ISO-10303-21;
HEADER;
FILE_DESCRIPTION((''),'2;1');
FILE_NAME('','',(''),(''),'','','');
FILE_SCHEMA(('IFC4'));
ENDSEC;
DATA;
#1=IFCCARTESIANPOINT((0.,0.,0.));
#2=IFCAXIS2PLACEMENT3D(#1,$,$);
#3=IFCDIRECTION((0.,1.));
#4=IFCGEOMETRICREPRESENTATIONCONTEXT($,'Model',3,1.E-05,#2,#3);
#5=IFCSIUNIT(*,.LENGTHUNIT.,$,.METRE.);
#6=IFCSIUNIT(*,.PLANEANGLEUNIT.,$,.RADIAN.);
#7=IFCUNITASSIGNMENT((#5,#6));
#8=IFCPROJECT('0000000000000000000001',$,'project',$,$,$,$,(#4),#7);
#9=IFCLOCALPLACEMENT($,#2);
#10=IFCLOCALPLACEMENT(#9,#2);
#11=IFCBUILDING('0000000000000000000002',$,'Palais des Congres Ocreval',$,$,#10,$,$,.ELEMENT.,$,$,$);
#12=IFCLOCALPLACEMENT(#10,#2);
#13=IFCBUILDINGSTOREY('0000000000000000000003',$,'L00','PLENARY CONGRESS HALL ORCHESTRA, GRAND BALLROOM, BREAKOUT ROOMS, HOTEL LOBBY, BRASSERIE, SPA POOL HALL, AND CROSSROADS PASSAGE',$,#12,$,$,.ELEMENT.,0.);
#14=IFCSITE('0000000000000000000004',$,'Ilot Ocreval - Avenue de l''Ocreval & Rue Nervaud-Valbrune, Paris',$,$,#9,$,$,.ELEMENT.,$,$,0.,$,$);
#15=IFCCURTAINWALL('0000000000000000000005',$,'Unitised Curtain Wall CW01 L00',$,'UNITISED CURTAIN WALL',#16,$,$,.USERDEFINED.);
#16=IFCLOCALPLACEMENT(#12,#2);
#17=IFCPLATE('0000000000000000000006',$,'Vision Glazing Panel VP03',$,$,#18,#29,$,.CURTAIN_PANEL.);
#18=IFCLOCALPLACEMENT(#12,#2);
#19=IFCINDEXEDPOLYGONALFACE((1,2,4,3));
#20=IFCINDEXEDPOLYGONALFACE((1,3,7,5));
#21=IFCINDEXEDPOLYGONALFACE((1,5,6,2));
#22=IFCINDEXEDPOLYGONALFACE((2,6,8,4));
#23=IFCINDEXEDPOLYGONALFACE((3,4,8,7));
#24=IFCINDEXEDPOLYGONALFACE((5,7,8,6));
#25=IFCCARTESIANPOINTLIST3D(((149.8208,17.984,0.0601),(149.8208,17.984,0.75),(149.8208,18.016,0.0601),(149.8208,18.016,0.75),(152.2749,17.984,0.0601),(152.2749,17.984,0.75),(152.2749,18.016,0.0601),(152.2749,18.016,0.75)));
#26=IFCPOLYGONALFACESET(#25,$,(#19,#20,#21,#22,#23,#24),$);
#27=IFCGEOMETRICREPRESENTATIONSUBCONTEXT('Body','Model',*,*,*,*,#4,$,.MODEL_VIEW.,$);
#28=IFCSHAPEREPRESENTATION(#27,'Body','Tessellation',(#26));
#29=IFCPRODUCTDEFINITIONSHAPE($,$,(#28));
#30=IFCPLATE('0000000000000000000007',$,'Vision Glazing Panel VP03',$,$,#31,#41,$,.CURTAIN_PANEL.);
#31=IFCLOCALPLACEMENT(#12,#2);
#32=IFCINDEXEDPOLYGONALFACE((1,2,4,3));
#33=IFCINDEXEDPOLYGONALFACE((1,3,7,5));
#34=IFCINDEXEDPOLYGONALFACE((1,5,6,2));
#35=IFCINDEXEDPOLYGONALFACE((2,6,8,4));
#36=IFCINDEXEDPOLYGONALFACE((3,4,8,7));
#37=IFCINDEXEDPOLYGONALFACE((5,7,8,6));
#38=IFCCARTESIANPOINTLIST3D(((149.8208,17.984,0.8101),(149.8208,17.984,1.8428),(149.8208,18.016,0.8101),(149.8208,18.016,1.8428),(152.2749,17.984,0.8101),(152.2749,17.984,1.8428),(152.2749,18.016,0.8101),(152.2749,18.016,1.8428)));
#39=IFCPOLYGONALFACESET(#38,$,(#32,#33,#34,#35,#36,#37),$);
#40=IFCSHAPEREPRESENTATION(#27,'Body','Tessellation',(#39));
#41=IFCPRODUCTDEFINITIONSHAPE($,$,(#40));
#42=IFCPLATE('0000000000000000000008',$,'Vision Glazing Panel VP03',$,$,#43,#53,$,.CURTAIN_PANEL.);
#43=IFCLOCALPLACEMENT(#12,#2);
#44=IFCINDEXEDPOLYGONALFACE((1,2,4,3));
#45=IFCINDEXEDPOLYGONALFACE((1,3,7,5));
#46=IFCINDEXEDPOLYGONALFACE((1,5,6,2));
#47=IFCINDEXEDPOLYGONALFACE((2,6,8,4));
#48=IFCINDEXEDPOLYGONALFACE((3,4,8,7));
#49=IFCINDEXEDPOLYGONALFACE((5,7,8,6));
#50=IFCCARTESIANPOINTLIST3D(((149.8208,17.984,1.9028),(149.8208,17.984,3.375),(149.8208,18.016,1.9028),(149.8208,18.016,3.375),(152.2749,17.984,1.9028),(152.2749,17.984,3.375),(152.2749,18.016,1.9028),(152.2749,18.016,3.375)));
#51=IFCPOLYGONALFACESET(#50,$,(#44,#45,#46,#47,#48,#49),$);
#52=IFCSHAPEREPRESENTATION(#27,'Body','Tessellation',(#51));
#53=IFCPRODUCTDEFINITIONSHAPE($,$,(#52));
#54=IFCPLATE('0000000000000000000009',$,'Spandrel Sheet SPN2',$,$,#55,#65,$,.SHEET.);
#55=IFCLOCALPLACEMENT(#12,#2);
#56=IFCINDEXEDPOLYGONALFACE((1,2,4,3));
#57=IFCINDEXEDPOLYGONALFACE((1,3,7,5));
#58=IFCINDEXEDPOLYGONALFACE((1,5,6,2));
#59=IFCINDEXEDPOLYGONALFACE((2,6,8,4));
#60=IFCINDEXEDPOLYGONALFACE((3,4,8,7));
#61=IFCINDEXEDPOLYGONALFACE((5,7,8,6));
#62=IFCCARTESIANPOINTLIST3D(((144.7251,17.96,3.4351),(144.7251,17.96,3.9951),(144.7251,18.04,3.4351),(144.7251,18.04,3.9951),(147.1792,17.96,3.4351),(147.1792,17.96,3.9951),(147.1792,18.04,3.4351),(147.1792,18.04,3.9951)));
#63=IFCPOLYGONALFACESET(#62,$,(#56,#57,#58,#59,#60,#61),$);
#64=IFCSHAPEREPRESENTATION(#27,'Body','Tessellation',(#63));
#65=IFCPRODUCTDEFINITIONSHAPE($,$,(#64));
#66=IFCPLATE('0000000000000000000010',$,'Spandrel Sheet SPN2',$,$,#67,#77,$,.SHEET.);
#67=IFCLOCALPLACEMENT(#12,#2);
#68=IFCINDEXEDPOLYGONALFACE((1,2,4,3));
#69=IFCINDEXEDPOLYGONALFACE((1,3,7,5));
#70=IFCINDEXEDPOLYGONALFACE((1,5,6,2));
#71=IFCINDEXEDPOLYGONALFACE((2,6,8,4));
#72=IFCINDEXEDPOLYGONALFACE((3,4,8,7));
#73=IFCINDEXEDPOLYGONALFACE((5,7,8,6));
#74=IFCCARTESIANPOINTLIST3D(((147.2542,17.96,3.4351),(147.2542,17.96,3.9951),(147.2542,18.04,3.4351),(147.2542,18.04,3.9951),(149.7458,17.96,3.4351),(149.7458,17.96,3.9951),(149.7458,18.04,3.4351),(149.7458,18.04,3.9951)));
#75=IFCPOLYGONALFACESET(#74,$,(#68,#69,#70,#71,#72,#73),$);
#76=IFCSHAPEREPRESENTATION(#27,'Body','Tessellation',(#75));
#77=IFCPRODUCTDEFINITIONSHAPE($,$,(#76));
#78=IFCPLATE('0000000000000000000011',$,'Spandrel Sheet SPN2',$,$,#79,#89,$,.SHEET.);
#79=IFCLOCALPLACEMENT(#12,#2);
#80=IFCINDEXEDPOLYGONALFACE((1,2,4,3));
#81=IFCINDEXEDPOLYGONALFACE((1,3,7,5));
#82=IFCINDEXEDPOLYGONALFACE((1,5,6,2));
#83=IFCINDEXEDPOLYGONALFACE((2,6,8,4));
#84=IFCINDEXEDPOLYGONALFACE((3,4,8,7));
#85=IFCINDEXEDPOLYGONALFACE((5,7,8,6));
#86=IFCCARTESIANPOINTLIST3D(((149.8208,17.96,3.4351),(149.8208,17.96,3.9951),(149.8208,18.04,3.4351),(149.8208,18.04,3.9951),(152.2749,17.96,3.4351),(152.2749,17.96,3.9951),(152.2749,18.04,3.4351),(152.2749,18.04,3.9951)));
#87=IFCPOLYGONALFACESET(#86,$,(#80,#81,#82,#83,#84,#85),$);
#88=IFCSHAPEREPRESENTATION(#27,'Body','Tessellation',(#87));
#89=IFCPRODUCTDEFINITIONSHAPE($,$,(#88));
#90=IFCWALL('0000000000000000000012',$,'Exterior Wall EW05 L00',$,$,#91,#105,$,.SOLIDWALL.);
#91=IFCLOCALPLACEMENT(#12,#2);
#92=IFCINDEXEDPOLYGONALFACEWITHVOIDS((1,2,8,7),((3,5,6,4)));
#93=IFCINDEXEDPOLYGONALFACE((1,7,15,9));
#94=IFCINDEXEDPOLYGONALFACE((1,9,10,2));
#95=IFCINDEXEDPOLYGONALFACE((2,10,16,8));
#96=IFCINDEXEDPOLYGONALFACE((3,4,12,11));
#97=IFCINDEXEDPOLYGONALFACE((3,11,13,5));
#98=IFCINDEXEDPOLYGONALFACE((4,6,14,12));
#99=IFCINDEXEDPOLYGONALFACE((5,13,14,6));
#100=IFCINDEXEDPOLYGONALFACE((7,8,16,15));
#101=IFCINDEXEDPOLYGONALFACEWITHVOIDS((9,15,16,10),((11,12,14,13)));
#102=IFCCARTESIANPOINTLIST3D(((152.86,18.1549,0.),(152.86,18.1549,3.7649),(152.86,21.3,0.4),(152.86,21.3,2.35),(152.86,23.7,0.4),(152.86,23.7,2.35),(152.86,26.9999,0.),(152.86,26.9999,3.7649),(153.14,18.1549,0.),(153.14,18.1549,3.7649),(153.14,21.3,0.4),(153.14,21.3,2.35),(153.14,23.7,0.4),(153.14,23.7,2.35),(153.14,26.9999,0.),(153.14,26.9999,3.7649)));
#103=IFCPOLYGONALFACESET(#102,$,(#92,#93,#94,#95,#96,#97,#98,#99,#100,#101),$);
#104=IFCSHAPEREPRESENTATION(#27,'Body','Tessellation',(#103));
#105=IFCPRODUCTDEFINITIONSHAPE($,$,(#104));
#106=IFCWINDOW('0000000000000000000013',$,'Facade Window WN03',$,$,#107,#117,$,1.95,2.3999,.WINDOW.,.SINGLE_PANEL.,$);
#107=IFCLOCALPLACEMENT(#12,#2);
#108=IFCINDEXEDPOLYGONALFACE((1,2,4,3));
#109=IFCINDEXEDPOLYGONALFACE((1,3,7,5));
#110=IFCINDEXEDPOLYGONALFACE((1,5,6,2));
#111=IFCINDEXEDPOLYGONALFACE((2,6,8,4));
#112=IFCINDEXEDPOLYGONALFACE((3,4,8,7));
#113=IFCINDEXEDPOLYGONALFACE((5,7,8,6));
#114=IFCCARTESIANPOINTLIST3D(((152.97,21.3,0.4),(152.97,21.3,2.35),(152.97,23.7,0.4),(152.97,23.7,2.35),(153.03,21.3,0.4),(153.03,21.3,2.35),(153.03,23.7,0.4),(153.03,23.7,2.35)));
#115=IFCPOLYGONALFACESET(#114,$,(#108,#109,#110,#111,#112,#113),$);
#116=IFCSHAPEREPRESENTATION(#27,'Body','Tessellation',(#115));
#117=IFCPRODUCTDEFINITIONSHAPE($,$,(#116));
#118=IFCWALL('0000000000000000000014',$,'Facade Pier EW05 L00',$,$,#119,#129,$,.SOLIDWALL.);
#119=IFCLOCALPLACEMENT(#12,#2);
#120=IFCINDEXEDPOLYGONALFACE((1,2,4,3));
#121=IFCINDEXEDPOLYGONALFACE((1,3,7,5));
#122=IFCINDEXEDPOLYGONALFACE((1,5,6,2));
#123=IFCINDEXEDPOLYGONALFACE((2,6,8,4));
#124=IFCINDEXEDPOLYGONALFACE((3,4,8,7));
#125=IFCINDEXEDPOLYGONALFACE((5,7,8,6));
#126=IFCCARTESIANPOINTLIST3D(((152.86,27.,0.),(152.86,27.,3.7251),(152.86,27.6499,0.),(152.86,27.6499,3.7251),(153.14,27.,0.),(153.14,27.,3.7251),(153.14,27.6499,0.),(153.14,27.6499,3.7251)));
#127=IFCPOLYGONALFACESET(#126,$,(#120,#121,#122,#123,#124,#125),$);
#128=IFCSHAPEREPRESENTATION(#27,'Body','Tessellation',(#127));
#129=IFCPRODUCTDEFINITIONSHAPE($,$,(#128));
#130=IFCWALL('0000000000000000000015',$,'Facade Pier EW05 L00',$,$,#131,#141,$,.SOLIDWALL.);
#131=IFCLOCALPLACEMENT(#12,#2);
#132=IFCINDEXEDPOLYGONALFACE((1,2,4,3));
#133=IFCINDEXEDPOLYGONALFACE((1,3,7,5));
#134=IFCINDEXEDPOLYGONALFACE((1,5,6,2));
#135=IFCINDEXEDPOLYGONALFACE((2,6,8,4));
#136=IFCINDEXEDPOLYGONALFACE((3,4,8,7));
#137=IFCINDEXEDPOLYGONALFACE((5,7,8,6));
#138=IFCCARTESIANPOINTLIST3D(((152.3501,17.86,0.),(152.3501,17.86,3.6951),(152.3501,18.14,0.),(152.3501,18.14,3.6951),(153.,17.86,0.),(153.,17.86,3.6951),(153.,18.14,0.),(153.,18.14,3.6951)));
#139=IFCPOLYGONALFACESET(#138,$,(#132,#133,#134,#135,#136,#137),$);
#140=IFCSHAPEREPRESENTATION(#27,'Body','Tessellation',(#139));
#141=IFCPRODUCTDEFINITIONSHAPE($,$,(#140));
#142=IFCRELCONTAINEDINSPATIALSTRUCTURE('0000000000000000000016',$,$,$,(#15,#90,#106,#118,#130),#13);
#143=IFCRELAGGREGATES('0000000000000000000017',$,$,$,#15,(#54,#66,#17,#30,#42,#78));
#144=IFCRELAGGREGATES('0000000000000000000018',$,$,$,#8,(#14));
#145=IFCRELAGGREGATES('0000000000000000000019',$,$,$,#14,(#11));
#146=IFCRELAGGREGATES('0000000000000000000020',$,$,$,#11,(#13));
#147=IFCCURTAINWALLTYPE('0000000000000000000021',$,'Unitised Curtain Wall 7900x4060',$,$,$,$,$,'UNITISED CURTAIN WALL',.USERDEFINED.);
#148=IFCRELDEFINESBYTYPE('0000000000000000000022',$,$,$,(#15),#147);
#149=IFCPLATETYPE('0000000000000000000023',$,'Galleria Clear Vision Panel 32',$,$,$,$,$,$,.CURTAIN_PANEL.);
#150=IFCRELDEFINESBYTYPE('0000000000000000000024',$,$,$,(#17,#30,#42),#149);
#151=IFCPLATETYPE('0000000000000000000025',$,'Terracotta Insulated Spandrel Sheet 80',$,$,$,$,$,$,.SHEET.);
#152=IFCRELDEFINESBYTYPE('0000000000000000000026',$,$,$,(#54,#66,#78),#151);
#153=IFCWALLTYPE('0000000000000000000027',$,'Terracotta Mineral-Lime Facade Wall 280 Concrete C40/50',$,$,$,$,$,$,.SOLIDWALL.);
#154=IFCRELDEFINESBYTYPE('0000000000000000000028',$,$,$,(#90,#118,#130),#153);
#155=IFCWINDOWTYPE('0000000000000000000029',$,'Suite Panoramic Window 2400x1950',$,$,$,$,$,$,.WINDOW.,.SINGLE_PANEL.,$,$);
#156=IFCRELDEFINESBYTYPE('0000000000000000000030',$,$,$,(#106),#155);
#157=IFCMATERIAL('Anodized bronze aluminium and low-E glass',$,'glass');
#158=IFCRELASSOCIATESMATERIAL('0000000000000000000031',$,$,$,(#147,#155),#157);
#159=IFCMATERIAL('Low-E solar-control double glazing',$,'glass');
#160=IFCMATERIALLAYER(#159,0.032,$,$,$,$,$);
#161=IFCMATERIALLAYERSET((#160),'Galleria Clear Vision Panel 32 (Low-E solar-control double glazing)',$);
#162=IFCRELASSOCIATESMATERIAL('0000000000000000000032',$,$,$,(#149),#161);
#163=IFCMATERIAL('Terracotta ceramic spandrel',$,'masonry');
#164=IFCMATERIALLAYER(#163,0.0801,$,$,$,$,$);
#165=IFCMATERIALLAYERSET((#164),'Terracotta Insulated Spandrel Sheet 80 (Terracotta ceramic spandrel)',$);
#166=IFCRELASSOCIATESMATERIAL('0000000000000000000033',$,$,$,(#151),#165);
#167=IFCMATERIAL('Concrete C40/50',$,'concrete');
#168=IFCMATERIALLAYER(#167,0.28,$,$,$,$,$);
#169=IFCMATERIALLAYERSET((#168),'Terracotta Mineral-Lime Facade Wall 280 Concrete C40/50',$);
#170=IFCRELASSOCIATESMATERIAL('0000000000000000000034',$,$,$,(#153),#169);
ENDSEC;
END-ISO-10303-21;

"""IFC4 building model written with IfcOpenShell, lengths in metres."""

from ifc_helpers import new_model, si_unit, direction, frame, frame_2d, origin, origin_2d, place, context, subcontext, project, spatial, rectangle, extrude, material, layer, layer_set, type_object, element, fill, aggregate, save


model = new_model("IFC4")

# Units and contexts
model_context = context("Model", 3, precision=1e-05, world=origin(), true_north=direction((0.0, 1.0)))
body_context = subcontext(model_context, "Body", "Model", "MODEL_VIEW")
ifc_project = project(units=[si_unit("LENGTHUNIT", "METRE"), si_unit("PLANEANGLEUNIT", "RADIAN")], contexts=[model_context])

# Site, building, storey
site_placement = place(None, origin())
site = spatial("IfcSite", under=ifc_project, at=site_placement, Name="Ilot Ocreval - Avenue de l'Ocreval & Rue Nervaud-Valbrune, Paris", CompositionType="ELEMENT", RefElevation=0.0)
building_placement = place(site_placement, origin())
building = spatial("IfcBuilding", under=site, at=building_placement, Name="Palais des Congres Ocreval", CompositionType="ELEMENT")
storey_placement = place(building_placement, origin())
storey = spatial("IfcBuildingStorey", under=building, at=storey_placement, Name="L00", Description="PLENARY CONGRESS HALL ORCHESTRA, GRAND BALLROOM, BREAKOUT ROOMS, HOTEL LOBBY, BRASSERIE, SPA POOL HALL, AND CROSSROADS PASSAGE", CompositionType="ELEMENT", Elevation=0.0)

# Shared definitions
ifc_material_1 = material(Name="Anodized bronze aluminium and low-E glass", Category="glass")
curtain_wall_type = type_object("IfcCurtainWallType", Name="Unitised Curtain Wall 7900x4060", ElementType="UNITISED CURTAIN WALL", PredefinedType="USERDEFINED", material=ifc_material_1)

# Curtain wall
curtain_wall_1_placement = place(storey_placement, origin())
curtain_wall_1 = element("IfcCurtainWall", 1, at=curtain_wall_1_placement, inside=storey, type_object=curtain_wall_type, Name="Unitised Curtain Wall CW01 L00", ObjectType="UNITISED CURTAIN WALL", PredefinedType="USERDEFINED")

# Plates
ifc_material_2 = material(Name="Low-E solar-control double glazing", Category="glass")
ifc_layer_1 = layer(ifc_material_2, 0.032)
ifc_layer_set_1 = layer_set([ifc_layer_1], Name="Galleria Clear Vision Panel 32 (Low-E solar-control double glazing)")
plate_type_1 = type_object("IfcPlateType", Name="Galleria Clear Vision Panel 32", PredefinedType="CURTAIN_PANEL", material=ifc_layer_set_1)
plate_1_placement = place(storey_placement, frame((151.0479, 18.0, 0.0601), z_axis=(0.0, 0.0, 1.0), x_axis=(1.0, 0.0, 0.0)))
plate_1 = element("IfcPlate", 2, at=plate_1_placement, type_object=plate_type_1, Name="Vision Glazing Panel VP03", PredefinedType="CURTAIN_PANEL", context=body_context, shape_type="SweptSolid", body=[
    extrude(rectangle(XDim=2.4541, YDim=0.032, at=origin_2d()), origin(), (0.0, 0.0, 1.0), 0.6899),
])
plate_2_placement = place(storey_placement, frame((151.0479, 18.0, 0.8101), z_axis=(0.0, 0.0, 1.0), x_axis=(1.0, 0.0, 0.0)))
plate_2 = element("IfcPlate", 3, at=plate_2_placement, type_object=plate_type_1, Name="Vision Glazing Panel VP03", PredefinedType="CURTAIN_PANEL", context=body_context, shape_type="SweptSolid", body=[
    extrude(rectangle(XDim=2.4541, YDim=0.032, at=origin_2d()), origin(), (0.0, 0.0, 1.0), 1.0327),
])
plate_3_placement = place(storey_placement, frame((151.0479, 18.0, 1.9028), z_axis=(0.0, 0.0, 1.0), x_axis=(1.0, 0.0, 0.0)))
plate_3 = element("IfcPlate", 4, at=plate_3_placement, type_object=plate_type_1, Name="Vision Glazing Panel VP03", PredefinedType="CURTAIN_PANEL", context=body_context, shape_type="SweptSolid", body=[
    extrude(rectangle(XDim=2.4541, YDim=0.032, at=origin_2d()), origin(), (0.0, 0.0, 1.0), 1.4722),
])
ifc_material_3 = material(Name="Terracotta ceramic spandrel", Category="masonry")
ifc_layer_2 = layer(ifc_material_3, 0.0801)
ifc_layer_set_2 = layer_set([ifc_layer_2], Name="Terracotta Insulated Spandrel Sheet 80 (Terracotta ceramic spandrel)")
plate_type_2 = type_object("IfcPlateType", Name="Terracotta Insulated Spandrel Sheet 80", PredefinedType="SHEET", material=ifc_layer_set_2)
plate_4_placement = place(storey_placement, frame((145.9521, 18.0, 3.4351), z_axis=(0.0, 0.0, 1.0), x_axis=(1.0, 0.0, 0.0)))
plate_4 = element("IfcPlate", 5, at=plate_4_placement, type_object=plate_type_2, Name="Spandrel Sheet SPN2", PredefinedType="SHEET", context=body_context, shape_type="SweptSolid", body=[
    extrude(rectangle(XDim=2.4541, YDim=0.0801, at=origin_2d()), origin(), (0.0, 0.0, 1.0), 0.5601),
])
plate_5_placement = place(storey_placement, frame((148.5, 18.0, 3.4351), z_axis=(0.0, 0.0, 1.0), x_axis=(1.0, 0.0, 0.0)))
plate_5 = element("IfcPlate", 6, at=plate_5_placement, type_object=plate_type_2, Name="Spandrel Sheet SPN2", PredefinedType="SHEET", context=body_context, shape_type="SweptSolid", body=[
    extrude(rectangle(XDim=2.4917, YDim=0.0801, at=origin_2d()), origin(), (0.0, 0.0, 1.0), 0.5601),
])
plate_6_placement = place(storey_placement, frame((151.0479, 18.0, 3.4351), z_axis=(0.0, 0.0, 1.0), x_axis=(1.0, 0.0, 0.0)))
plate_6 = element("IfcPlate", 7, at=plate_6_placement, type_object=plate_type_2, Name="Spandrel Sheet SPN2", PredefinedType="SHEET", context=body_context, shape_type="SweptSolid", body=[
    extrude(rectangle(XDim=2.4541, YDim=0.0801, at=origin_2d()), origin(), (0.0, 0.0, 1.0), 0.5601),
])
aggregate(curtain_wall_1, [plate_4, plate_5, plate_1, plate_2, plate_3, plate_6])

# Wall, opening, window
ifc_material_4 = material(Name="Concrete C40/50", Category="concrete")
ifc_layer_3 = layer(ifc_material_4, 0.28)
ifc_layer_set_3 = layer_set([ifc_layer_3], Name="Terracotta Mineral-Lime Facade Wall 280 Concrete C40/50")
wall_type = type_object("IfcWallType", Name="Terracotta Mineral-Lime Facade Wall 280 Concrete C40/50", PredefinedType="SOLIDWALL", material=ifc_layer_set_3)
wall_1_placement = place(storey_placement, frame((153.0, 18.155, 0.0), z_axis=(0.0, 0.0, 1.0), x_axis=(0.0, 1.0, 0.0)))
wall_1 = element("IfcWall", 8, at=wall_1_placement, inside=storey, type_object=wall_type, Name="Exterior Wall EW05 L00", PredefinedType="SOLIDWALL", context=body_context, shape_type="SweptSolid", body=[
    extrude(rectangle(XDim=8.845, YDim=0.28, at=frame_2d((4.4224, 0.0))), origin(), (0.0, 0.0, 1.0), 3.7649),
])
opening_placement = place(wall_1_placement, frame((3.145, 0.0, 0.3999)))
opening = element("IfcOpeningElement", 9, at=opening_placement, cuts=wall_1, PredefinedType="OPENING", context=body_context, shape_type="SweptSolid", body=[
    extrude(rectangle(XDim=2.3999, YDim=1.95, at=frame_2d((1.2, 0.9751))), frame((0.0, 0.1499, 0.0), z_axis=(0.0, -1.0, 0.0), x_axis=(1.0, 0.0, 0.0)), (0.0, 0.0, 1.0), 0.3),
])
window_type = type_object("IfcWindowType", Name="Suite Panoramic Window 2400x1950", PartitioningType="SINGLE_PANEL", PredefinedType="WINDOW", material=ifc_material_1)
window_placement = place(opening_placement, origin())
window = element("IfcWindow", 10, at=window_placement, inside=storey, type_object=window_type, Name="Facade Window WN03", OverallHeight=1.95, OverallWidth=2.3999, PartitioningType="SINGLE_PANEL", PredefinedType="WINDOW", context=body_context, shape_type="SweptSolid", body=[
    extrude(rectangle(XDim=2.3999, YDim=1.95, at=frame_2d((1.2, 0.9751))), frame((0.0, 0.03, 0.0), z_axis=(0.0, -1.0, 0.0), x_axis=(1.0, 0.0, 0.0)), (0.0, 0.0, 1.0), 0.0601),
])
fill(opening, window)

# Walls
wall_2_placement = place(storey_placement, frame((153.0, 27.0, 0.0), z_axis=(0.0, 0.0, 1.0), x_axis=(0.0, 1.0, 0.0)))
element("IfcWall", 11, at=wall_2_placement, inside=storey, type_object=wall_type, Name="Facade Pier EW05 L00", PredefinedType="SOLIDWALL", context=body_context, shape_type="SweptSolid", body=[
    extrude(rectangle(XDim=0.6499, YDim=0.28, at=frame_2d((0.325, 0.0))), origin(), (0.0, 0.0, 1.0), 3.7251),
])
wall_3_placement = place(storey_placement, frame((152.3501, 18.0, 0.0), z_axis=(0.0, 0.0, 1.0), x_axis=(1.0, 0.0, 0.0)))
element("IfcWall", 12, at=wall_3_placement, inside=storey, type_object=wall_type, Name="Facade Pier EW05 L00", PredefinedType="SOLIDWALL", context=body_context, shape_type="SweptSolid", body=[
    extrude(rectangle(XDim=0.6499, YDim=0.28, at=frame_2d((0.325, 0.0))), origin(), (0.0, 0.0, 1.0), 3.6951),
])

save(model, "model.ifc")
